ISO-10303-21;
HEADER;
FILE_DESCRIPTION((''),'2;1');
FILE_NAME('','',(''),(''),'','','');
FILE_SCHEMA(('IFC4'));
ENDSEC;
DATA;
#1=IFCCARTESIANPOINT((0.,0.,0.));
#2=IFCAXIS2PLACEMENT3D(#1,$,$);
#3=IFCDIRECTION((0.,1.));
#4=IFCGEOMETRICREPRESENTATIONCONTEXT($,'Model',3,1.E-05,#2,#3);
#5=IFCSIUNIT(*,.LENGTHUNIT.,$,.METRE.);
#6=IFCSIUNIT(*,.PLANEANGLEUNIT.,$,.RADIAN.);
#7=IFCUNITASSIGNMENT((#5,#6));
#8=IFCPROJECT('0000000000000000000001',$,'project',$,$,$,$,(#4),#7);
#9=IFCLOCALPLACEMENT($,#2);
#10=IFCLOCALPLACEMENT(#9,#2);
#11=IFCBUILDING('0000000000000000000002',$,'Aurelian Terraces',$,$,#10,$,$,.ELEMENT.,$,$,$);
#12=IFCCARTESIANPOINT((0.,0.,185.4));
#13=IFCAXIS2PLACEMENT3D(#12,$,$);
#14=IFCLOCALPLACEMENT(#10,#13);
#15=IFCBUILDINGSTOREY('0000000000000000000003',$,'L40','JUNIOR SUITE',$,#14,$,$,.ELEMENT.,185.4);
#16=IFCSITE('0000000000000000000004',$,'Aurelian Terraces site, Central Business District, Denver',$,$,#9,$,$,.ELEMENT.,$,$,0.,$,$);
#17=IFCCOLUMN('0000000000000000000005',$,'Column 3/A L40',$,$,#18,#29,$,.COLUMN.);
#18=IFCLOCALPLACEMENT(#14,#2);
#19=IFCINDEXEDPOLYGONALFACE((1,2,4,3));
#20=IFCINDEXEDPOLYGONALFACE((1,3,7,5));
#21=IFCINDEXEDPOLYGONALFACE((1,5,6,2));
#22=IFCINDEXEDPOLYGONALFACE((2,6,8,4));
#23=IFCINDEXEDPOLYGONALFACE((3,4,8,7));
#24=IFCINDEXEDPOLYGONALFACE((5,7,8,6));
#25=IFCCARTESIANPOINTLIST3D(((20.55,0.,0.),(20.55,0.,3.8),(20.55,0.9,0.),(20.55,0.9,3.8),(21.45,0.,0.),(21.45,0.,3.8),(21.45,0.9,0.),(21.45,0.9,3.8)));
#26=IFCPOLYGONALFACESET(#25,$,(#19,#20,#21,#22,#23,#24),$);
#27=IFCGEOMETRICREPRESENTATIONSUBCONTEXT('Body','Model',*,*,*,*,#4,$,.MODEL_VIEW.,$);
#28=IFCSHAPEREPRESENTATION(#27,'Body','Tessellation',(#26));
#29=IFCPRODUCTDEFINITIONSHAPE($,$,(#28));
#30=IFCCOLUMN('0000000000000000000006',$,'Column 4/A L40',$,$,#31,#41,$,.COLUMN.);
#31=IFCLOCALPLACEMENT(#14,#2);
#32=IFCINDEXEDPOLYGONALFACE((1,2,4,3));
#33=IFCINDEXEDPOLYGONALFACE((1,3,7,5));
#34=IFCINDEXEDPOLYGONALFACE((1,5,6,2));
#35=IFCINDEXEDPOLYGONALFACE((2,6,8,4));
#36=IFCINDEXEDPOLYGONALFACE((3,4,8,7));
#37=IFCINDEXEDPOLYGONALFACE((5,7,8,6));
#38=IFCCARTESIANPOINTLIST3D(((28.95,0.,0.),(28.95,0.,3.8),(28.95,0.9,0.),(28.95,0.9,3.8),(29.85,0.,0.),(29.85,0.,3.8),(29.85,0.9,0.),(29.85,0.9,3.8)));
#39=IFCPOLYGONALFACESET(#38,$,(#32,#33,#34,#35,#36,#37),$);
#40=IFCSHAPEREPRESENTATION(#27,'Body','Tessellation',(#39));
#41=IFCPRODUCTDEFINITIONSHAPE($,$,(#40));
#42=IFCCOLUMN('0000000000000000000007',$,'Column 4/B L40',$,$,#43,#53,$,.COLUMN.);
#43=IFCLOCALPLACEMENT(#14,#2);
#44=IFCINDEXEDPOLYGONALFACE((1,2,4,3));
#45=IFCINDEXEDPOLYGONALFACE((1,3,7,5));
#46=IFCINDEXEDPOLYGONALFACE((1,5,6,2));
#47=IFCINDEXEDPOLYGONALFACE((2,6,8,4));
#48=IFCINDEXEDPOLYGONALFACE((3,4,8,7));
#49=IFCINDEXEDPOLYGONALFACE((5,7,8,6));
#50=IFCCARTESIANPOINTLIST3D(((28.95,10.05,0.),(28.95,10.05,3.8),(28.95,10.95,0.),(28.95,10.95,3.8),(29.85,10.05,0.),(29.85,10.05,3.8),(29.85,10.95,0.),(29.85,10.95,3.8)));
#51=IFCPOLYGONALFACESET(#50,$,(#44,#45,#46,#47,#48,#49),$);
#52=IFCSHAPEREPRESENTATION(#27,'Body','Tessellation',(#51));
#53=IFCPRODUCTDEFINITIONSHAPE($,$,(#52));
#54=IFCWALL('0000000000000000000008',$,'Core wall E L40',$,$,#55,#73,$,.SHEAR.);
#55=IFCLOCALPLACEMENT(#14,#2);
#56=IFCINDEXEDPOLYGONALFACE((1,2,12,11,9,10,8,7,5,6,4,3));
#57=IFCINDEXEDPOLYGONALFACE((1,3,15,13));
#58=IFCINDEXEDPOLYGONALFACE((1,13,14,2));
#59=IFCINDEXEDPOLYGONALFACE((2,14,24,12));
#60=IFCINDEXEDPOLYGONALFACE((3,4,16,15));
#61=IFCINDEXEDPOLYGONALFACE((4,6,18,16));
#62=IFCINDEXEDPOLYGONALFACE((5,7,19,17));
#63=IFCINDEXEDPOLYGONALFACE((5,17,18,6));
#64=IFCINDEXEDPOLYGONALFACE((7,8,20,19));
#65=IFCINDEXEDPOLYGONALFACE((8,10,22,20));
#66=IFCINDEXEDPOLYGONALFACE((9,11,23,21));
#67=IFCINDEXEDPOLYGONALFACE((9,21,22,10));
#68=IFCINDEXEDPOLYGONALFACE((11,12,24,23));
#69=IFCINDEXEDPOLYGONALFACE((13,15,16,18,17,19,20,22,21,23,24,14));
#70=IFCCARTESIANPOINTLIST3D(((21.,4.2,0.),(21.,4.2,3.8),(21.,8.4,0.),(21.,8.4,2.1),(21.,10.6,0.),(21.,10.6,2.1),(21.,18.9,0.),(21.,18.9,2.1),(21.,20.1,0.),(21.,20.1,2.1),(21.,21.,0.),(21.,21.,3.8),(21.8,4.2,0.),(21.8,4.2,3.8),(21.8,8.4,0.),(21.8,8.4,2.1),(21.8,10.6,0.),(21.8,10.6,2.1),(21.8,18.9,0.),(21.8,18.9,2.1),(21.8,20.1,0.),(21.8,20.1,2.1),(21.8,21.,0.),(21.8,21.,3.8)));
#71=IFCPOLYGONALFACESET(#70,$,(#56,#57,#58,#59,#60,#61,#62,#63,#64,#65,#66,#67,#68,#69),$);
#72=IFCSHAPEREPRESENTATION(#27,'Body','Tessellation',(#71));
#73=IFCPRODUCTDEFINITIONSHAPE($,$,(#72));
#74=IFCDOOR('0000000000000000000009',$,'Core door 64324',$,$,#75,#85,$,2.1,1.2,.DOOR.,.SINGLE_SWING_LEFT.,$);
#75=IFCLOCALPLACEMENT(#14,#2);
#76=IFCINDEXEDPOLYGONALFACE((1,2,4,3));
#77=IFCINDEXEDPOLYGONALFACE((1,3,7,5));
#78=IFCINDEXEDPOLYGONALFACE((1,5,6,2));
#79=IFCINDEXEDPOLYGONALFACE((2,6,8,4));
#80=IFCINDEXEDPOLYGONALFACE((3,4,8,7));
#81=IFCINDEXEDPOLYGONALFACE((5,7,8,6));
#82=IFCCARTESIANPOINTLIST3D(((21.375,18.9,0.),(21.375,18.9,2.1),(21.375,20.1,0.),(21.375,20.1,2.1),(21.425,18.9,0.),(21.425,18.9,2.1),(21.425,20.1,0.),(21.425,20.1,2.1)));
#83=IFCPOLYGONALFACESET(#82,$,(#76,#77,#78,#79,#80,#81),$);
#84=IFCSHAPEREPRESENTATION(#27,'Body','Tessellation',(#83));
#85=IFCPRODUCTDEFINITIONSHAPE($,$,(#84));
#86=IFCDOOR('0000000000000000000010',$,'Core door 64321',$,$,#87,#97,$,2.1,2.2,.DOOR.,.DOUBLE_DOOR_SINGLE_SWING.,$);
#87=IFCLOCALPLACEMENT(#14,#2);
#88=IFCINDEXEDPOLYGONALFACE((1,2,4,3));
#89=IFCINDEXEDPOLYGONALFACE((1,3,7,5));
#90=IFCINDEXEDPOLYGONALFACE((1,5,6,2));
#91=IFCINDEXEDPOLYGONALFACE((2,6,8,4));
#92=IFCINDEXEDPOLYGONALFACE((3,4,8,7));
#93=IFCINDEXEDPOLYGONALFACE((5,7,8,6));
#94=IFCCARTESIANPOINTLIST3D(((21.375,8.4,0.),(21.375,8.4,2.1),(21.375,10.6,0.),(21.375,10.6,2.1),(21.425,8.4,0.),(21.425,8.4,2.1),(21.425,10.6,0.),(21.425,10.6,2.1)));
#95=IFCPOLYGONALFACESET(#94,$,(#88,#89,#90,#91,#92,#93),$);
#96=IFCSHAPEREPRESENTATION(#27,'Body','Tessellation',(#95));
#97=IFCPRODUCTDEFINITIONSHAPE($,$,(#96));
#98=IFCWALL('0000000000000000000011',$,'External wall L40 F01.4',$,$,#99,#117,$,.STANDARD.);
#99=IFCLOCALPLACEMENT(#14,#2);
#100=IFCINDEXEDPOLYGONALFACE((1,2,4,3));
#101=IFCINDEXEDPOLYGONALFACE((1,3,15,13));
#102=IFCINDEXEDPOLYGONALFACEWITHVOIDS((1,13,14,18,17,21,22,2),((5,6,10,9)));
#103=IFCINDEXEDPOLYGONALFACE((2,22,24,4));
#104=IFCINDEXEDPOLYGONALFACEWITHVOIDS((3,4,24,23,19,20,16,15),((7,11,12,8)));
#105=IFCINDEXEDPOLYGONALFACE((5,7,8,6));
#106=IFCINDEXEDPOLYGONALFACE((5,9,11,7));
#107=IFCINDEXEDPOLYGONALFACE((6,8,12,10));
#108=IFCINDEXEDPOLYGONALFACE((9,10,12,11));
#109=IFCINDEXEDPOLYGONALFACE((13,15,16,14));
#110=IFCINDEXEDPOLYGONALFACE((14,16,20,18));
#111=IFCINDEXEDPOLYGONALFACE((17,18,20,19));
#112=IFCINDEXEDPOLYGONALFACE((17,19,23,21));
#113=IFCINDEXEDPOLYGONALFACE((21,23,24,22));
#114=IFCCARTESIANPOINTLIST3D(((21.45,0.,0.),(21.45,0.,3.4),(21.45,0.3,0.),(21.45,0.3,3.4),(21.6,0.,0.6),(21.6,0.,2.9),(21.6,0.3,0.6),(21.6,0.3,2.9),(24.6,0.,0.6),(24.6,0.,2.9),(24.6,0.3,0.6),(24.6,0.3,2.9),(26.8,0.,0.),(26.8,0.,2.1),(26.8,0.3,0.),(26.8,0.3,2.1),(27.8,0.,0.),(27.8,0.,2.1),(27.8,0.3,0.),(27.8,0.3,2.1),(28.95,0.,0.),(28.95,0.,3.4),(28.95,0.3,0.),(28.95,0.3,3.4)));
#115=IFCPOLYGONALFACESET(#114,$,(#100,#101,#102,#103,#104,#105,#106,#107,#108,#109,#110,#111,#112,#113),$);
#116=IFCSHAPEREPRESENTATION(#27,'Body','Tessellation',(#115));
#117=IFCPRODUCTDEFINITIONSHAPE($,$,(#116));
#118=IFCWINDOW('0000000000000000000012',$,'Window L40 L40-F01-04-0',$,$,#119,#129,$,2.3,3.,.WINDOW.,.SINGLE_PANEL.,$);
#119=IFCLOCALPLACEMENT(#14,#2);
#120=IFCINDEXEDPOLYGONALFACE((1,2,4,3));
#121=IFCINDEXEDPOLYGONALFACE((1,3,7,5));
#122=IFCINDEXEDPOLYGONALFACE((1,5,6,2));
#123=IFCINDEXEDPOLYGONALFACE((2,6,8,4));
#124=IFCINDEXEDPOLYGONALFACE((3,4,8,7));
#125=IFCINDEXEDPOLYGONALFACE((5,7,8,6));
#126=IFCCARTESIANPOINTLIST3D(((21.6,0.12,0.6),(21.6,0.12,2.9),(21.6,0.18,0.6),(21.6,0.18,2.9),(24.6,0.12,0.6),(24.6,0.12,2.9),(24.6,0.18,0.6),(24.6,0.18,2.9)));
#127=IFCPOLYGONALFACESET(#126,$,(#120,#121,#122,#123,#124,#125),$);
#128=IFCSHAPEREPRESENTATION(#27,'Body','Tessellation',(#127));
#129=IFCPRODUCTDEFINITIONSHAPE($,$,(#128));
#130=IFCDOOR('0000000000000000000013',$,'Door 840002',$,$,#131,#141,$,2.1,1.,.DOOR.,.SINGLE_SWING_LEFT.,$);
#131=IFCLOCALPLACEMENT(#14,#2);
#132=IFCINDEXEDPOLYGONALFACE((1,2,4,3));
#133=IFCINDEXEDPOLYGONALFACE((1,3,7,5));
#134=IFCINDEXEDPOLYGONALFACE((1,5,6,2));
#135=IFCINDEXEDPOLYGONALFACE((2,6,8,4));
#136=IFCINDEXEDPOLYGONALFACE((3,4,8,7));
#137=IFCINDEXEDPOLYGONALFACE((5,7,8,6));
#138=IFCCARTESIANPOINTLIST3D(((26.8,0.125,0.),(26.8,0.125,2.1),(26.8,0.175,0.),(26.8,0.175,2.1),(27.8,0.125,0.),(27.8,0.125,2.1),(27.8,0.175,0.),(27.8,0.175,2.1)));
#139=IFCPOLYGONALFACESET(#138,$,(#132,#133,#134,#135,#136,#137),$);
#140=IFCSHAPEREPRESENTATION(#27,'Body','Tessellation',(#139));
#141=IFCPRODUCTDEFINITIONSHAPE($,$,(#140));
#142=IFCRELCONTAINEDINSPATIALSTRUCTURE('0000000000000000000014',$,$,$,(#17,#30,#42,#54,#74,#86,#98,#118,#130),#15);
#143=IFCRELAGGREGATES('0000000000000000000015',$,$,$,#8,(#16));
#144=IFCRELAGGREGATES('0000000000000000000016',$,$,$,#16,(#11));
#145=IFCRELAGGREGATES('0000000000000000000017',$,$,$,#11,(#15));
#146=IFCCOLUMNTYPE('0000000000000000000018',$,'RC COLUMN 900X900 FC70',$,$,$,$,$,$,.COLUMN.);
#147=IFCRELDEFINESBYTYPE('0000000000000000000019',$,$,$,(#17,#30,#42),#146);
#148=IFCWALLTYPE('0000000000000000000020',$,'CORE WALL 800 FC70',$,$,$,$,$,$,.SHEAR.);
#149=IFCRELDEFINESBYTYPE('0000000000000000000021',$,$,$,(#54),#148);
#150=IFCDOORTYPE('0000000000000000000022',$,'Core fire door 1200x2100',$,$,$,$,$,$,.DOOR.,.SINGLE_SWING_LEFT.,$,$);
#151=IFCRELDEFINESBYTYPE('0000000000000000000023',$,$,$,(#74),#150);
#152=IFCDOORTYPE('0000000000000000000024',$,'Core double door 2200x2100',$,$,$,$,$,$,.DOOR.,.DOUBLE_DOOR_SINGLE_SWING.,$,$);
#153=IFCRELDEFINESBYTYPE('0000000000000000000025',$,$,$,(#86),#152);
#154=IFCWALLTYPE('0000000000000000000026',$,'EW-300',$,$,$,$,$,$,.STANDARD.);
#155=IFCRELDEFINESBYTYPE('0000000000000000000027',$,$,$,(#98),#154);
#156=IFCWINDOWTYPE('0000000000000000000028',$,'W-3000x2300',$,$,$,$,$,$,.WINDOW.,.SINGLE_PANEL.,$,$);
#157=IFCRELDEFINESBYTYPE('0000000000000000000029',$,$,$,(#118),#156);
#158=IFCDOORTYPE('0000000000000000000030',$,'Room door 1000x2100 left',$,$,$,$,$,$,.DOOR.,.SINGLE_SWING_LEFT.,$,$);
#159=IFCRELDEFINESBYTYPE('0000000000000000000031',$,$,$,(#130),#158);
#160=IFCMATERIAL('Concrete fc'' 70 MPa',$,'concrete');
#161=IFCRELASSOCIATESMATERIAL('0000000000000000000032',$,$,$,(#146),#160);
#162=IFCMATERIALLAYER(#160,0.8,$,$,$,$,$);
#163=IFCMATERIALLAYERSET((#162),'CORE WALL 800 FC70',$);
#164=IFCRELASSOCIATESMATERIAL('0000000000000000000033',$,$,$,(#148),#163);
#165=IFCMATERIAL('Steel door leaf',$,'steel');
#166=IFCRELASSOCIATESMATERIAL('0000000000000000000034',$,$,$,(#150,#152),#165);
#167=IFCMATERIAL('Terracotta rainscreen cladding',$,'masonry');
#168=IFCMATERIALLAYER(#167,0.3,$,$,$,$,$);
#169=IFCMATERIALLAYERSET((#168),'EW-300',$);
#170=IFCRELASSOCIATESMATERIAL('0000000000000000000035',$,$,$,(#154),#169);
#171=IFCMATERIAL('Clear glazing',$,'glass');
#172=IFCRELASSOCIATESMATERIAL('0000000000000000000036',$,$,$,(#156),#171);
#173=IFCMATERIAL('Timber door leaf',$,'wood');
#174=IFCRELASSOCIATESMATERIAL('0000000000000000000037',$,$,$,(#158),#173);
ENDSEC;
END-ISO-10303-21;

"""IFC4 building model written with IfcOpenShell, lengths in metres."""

from ifc_helpers import new_model, si_unit, direction, frame, frame_2d, origin, origin_2d, place, context, subcontext, project, spatial, rectangle, extrude, source, transform, mapped, material, layer, layer_set, material_profile, profile_set, type_object, element, fill, save


model = new_model("IFC4")

# Units and contexts
model_context = context("Model", 3, precision=1e-05, world=origin(), true_north=direction((0.0, 1.0)))
body_context = subcontext(model_context, "Body", "Model", "MODEL_VIEW")
ifc_project = project(units=[si_unit("LENGTHUNIT", "METRE"), si_unit("PLANEANGLEUNIT", "RADIAN")], contexts=[model_context])

# Site, building, storey
site_placement = place(None, origin())
site = spatial("IfcSite", under=ifc_project, at=site_placement, Name="Aurelian Terraces site, Central Business District, Denver", CompositionType="ELEMENT", RefElevation=0.0)
building_placement = place(site_placement, origin())
building = spatial("IfcBuilding", under=site, at=building_placement, Name="Aurelian Terraces", CompositionType="ELEMENT")
storey_placement = place(building_placement, frame((0.0, 0.0, 185.4)))
storey = spatial("IfcBuildingStorey", under=building, at=storey_placement, Name="L40", Description="JUNIOR SUITE", CompositionType="ELEMENT", Elevation=185.4)

# Columns
ifc_material_1 = material(Name="Concrete fc' 70 MPa", Category="concrete")
ifc_material_profile = material_profile(ifc_material_1, rectangle(XDim=0.9, YDim=0.9, at=origin_2d()))
ifc_profile_set = profile_set([ifc_material_profile], Name="Concrete fc' 70 MPa")
column_type = type_object("IfcColumnType", Name="RC COLUMN 900X900 FC70", PredefinedType="COLUMN", material=ifc_profile_set)
shared_shape_1 = source(origin(), body_context, "Body", "SweptSolid", [
    extrude(rectangle(XDim=0.9, YDim=0.9, at=origin_2d()), origin(), (0.0, 0.0, 1.0), 3.8),
])
for number, where, z_axis, x_axis, name in (
    (1, (21.0, 0.45, 0.0), (0.0, 0.0, 1.0), (1.0, 0.0, 0.0), "Column 3/A L40"),
    (2, (29.4, 0.45, 0.0), (0.0, 0.0, 1.0), (1.0, 0.0, 0.0), "Column 4/A L40"),
    (3, (29.4, 10.5, 0.0), (0.0, 0.0, 1.0), (1.0, 0.0, 0.0), "Column 4/B L40"),
):
    element("IfcColumn", number, at=place(storey_placement, frame(where, z_axis=z_axis, x_axis=x_axis)), inside=storey, type_object=column_type, Name=name, PredefinedType="COLUMN", context=body_context, shape_type="MappedRepresentation", body=[
        mapped(shared_shape_1, transform((0.0, 0.0, 0.0), scale=1.0)),
    ])

# Wall, openings, doors
ifc_layer_1 = layer(ifc_material_1, 0.8)
ifc_layer_set_1 = layer_set([ifc_layer_1], Name="CORE WALL 800 FC70")
wall_type_1 = type_object("IfcWallType", Name="CORE WALL 800 FC70", PredefinedType="SHEAR", material=ifc_layer_set_1)
shared_shape_2 = source(origin(), body_context, "Body", "SweptSolid", [
    extrude(rectangle(XDim=16.8, YDim=0.8, at=frame_2d((8.4, 0.0))), origin(), (0.0, 0.0, 1.0), 3.8),
])
wall_1_placement = place(storey_placement, frame((21.4, 4.2, 0.0), z_axis=(0.0, 0.0, 1.0), x_axis=(0.0, 1.0, 0.0)))
wall_1 = element("IfcWall", 4, at=wall_1_placement, inside=storey, type_object=wall_type_1, Name="Core wall E L40", PredefinedType="SHEAR", context=body_context, shape_type="MappedRepresentation", body=[
    mapped(shared_shape_2, transform((0.0, 0.0, 0.0), scale=1.0)),
])
shared_shape_3 = source(origin(), body_context, "Body", "SweptSolid", [
    extrude(rectangle(XDim=2.2, YDim=2.1, at=frame_2d((1.1, 1.05))), frame((0.0, 0.41, 0.0), z_axis=(0.0, -1.0, 0.0), x_axis=(1.0, 0.0, 0.0)), (0.0, 0.0, 1.0), 0.82),
])
opening_1_placement = place(wall_1_placement, frame((4.2, 0.0, 0.0)))
opening_1 = element("IfcOpeningElement", 5, at=opening_1_placement, cuts=wall_1, PredefinedType="OPENING", context=body_context, shape_type="MappedRepresentation", body=[
    mapped(shared_shape_3, transform((0.0, 0.0, 0.0), scale=1.0)),
])
shared_shape_4 = source(origin(), body_context, "Body", "SweptSolid", [
    extrude(rectangle(XDim=1.2, YDim=2.1, at=frame_2d((0.6, 1.05))), frame((0.0, 0.41, 0.0), z_axis=(0.0, -1.0, 0.0), x_axis=(1.0, 0.0, 0.0)), (0.0, 0.0, 1.0), 0.82),
])
opening_2_placement = place(wall_1_placement, frame((14.7, 0.0, 0.0)))
opening_2 = element("IfcOpeningElement", 6, at=opening_2_placement, cuts=wall_1, PredefinedType="OPENING", context=body_context, shape_type="MappedRepresentation", body=[
    mapped(shared_shape_4, transform((0.0, 0.0, 0.0), scale=1.0)),
])
ifc_material_2 = material(Name="Steel door leaf", Category="steel")
door_type_1 = type_object("IfcDoorType", Name="Core fire door 1200x2100", OperationType="SINGLE_SWING_LEFT", PredefinedType="DOOR", material=ifc_material_2)
shared_shape_5 = source(origin(), body_context, "Body", "SweptSolid", [
    extrude(rectangle(XDim=1.2, YDim=2.1, at=frame_2d((0.6, 1.05))), frame((0.0, 0.025, 0.0), z_axis=(0.0, -1.0, 0.0), x_axis=(1.0, 0.0, 0.0)), (0.0, 0.0, 1.0), 0.05),
])
door_1_placement = place(opening_2_placement, origin())
door_1 = element("IfcDoor", 7, at=door_1_placement, inside=storey, type_object=door_type_1, Name="Core door 64324", OperationType="SINGLE_SWING_LEFT", OverallHeight=2.1, OverallWidth=1.2, PredefinedType="DOOR", context=body_context, shape_type="MappedRepresentation", body=[
    mapped(shared_shape_5, transform((0.0, 0.0, 0.0), scale=1.0)),
])
fill(opening_2, door_1)
door_type_2 = type_object("IfcDoorType", Name="Core double door 2200x2100", OperationType="DOUBLE_DOOR_SINGLE_SWING", PredefinedType="DOOR", material=ifc_material_2)
shared_shape_6 = source(origin(), body_context, "Body", "SweptSolid", [
    extrude(rectangle(XDim=2.2, YDim=2.1, at=frame_2d((1.1, 1.05))), frame((0.0, 0.025, 0.0), z_axis=(0.0, -1.0, 0.0), x_axis=(1.0, 0.0, 0.0)), (0.0, 0.0, 1.0), 0.05),
])
door_2_placement = place(opening_1_placement, origin())
door_2 = element("IfcDoor", 8, at=door_2_placement, inside=storey, type_object=door_type_2, Name="Core door 64321", OperationType="DOUBLE_DOOR_SINGLE_SWING", OverallHeight=2.1, OverallWidth=2.2, PredefinedType="DOOR", context=body_context, shape_type="MappedRepresentation", body=[
    mapped(shared_shape_6, transform((0.0, 0.0, 0.0), scale=1.0)),
])
fill(opening_1, door_2)

# Wall, openings, window, door
ifc_material_3 = material(Name="Terracotta rainscreen cladding", Category="masonry")
ifc_layer_2 = layer(ifc_material_3, 0.3)
ifc_layer_set_2 = layer_set([ifc_layer_2], Name="EW-300")
wall_type_2 = type_object("IfcWallType", Name="EW-300", PredefinedType="STANDARD", material=ifc_layer_set_2)
shared_shape_7 = source(origin(), body_context, "Body", "SweptSolid", [
    extrude(rectangle(XDim=7.5, YDim=0.3, at=frame_2d((3.75, 0.0))), origin(), (0.0, 0.0, 1.0), 3.4),
])
wall_2_placement = place(storey_placement, frame((21.45, 0.15, 0.0), z_axis=(0.0, 0.0, 1.0), x_axis=(1.0, 0.0, 0.0)))
wall_2 = element("IfcWall", 9, at=wall_2_placement, inside=storey, type_object=wall_type_2, Name="External wall L40 F01.4", PredefinedType="STANDARD", context=body_context, shape_type="MappedRepresentation", body=[
    mapped(shared_shape_7, transform((0.0, 0.0, 0.0), scale=1.0)),
])
shared_shape_8 = source(origin(), body_context, "Body", "SweptSolid", [
    extrude(rectangle(XDim=3.0, YDim=2.3, at=frame_2d((1.5, 1.15))), frame((0.0, 0.16, 0.0), z_axis=(0.0, -1.0, 0.0), x_axis=(1.0, 0.0, 0.0)), (0.0, 0.0, 1.0), 0.32),
])
opening_3_placement = place(wall_2_placement, frame((0.15, 0.0, 0.6)))
opening_3 = element("IfcOpeningElement", 10, at=opening_3_placement, cuts=wall_2, PredefinedType="OPENING", context=body_context, shape_type="MappedRepresentation", body=[
    mapped(shared_shape_8, transform((0.0, 0.0, 0.0), scale=1.0)),
])
shared_shape_9 = source(origin(), body_context, "Body", "SweptSolid", [
    extrude(rectangle(XDim=1.0, YDim=2.1, at=frame_2d((0.5, 1.05))), frame((0.0, 0.16, 0.0), z_axis=(0.0, -1.0, 0.0), x_axis=(1.0, 0.0, 0.0)), (0.0, 0.0, 1.0), 0.32),
])
opening_4_placement = place(wall_2_placement, frame((5.35, 0.0, 0.0)))
opening_4 = element("IfcOpeningElement", 11, at=opening_4_placement, cuts=wall_2, PredefinedType="OPENING", context=body_context, shape_type="MappedRepresentation", body=[
    mapped(shared_shape_9, transform((0.0, 0.0, 0.0), scale=1.0)),
])
ifc_material_4 = material(Name="Clear glazing", Category="glass")
window_type_1 = type_object("IfcWindowType", Name="W-3000x2300", PartitioningType="SINGLE_PANEL", PredefinedType="WINDOW", material=ifc_material_4)
shared_shape_10 = source(origin(), body_context, "Body", "SweptSolid", [
    extrude(rectangle(XDim=3.0, YDim=2.3, at=frame_2d((1.5, 1.15))), frame((0.0, 0.03, 0.0), z_axis=(0.0, -1.0, 0.0), x_axis=(1.0, 0.0, 0.0)), (0.0, 0.0, 1.0), 0.06),
])
window_1_placement = place(opening_3_placement, origin())
window_1 = element("IfcWindow", 12, at=window_1_placement, inside=storey, type_object=window_type_1, Name="Window L40 L40-F01-04-0", OverallHeight=2.3, OverallWidth=3.0, PartitioningType="SINGLE_PANEL", PredefinedType="WINDOW", context=body_context, shape_type="MappedRepresentation", body=[
    mapped(shared_shape_10, transform((0.0, 0.0, 0.0), scale=1.0)),
])
fill(opening_3, window_1)
ifc_material_5 = material(Name="Timber door leaf", Category="wood")
door_type_3 = type_object("IfcDoorType", Name="Room door 1000x2100 left", OperationType="SINGLE_SWING_LEFT", PredefinedType="DOOR", material=ifc_material_5)
shared_shape_11 = source(origin(), body_context, "Body", "SweptSolid", [
    extrude(rectangle(XDim=1.0, YDim=2.1, at=frame_2d((0.5, 1.05))), frame((0.0, 0.025, 0.0), z_axis=(0.0, -1.0, 0.0), x_axis=(1.0, 0.0, 0.0)), (0.0, 0.0, 1.0), 0.05),
])
door_3_placement = place(opening_4_placement, origin())
door_3 = element("IfcDoor", 13, at=door_3_placement, inside=storey, type_object=door_type_3, Name="Door 840002", OperationType="SINGLE_SWING_LEFT", OverallHeight=2.1, OverallWidth=1.0, PredefinedType="DOOR", context=body_context, shape_type="MappedRepresentation", body=[
    mapped(shared_shape_11, transform((0.0, 0.0, 0.0), scale=1.0)),
])
fill(opening_4, door_3)

save(model, "model.ifc")
